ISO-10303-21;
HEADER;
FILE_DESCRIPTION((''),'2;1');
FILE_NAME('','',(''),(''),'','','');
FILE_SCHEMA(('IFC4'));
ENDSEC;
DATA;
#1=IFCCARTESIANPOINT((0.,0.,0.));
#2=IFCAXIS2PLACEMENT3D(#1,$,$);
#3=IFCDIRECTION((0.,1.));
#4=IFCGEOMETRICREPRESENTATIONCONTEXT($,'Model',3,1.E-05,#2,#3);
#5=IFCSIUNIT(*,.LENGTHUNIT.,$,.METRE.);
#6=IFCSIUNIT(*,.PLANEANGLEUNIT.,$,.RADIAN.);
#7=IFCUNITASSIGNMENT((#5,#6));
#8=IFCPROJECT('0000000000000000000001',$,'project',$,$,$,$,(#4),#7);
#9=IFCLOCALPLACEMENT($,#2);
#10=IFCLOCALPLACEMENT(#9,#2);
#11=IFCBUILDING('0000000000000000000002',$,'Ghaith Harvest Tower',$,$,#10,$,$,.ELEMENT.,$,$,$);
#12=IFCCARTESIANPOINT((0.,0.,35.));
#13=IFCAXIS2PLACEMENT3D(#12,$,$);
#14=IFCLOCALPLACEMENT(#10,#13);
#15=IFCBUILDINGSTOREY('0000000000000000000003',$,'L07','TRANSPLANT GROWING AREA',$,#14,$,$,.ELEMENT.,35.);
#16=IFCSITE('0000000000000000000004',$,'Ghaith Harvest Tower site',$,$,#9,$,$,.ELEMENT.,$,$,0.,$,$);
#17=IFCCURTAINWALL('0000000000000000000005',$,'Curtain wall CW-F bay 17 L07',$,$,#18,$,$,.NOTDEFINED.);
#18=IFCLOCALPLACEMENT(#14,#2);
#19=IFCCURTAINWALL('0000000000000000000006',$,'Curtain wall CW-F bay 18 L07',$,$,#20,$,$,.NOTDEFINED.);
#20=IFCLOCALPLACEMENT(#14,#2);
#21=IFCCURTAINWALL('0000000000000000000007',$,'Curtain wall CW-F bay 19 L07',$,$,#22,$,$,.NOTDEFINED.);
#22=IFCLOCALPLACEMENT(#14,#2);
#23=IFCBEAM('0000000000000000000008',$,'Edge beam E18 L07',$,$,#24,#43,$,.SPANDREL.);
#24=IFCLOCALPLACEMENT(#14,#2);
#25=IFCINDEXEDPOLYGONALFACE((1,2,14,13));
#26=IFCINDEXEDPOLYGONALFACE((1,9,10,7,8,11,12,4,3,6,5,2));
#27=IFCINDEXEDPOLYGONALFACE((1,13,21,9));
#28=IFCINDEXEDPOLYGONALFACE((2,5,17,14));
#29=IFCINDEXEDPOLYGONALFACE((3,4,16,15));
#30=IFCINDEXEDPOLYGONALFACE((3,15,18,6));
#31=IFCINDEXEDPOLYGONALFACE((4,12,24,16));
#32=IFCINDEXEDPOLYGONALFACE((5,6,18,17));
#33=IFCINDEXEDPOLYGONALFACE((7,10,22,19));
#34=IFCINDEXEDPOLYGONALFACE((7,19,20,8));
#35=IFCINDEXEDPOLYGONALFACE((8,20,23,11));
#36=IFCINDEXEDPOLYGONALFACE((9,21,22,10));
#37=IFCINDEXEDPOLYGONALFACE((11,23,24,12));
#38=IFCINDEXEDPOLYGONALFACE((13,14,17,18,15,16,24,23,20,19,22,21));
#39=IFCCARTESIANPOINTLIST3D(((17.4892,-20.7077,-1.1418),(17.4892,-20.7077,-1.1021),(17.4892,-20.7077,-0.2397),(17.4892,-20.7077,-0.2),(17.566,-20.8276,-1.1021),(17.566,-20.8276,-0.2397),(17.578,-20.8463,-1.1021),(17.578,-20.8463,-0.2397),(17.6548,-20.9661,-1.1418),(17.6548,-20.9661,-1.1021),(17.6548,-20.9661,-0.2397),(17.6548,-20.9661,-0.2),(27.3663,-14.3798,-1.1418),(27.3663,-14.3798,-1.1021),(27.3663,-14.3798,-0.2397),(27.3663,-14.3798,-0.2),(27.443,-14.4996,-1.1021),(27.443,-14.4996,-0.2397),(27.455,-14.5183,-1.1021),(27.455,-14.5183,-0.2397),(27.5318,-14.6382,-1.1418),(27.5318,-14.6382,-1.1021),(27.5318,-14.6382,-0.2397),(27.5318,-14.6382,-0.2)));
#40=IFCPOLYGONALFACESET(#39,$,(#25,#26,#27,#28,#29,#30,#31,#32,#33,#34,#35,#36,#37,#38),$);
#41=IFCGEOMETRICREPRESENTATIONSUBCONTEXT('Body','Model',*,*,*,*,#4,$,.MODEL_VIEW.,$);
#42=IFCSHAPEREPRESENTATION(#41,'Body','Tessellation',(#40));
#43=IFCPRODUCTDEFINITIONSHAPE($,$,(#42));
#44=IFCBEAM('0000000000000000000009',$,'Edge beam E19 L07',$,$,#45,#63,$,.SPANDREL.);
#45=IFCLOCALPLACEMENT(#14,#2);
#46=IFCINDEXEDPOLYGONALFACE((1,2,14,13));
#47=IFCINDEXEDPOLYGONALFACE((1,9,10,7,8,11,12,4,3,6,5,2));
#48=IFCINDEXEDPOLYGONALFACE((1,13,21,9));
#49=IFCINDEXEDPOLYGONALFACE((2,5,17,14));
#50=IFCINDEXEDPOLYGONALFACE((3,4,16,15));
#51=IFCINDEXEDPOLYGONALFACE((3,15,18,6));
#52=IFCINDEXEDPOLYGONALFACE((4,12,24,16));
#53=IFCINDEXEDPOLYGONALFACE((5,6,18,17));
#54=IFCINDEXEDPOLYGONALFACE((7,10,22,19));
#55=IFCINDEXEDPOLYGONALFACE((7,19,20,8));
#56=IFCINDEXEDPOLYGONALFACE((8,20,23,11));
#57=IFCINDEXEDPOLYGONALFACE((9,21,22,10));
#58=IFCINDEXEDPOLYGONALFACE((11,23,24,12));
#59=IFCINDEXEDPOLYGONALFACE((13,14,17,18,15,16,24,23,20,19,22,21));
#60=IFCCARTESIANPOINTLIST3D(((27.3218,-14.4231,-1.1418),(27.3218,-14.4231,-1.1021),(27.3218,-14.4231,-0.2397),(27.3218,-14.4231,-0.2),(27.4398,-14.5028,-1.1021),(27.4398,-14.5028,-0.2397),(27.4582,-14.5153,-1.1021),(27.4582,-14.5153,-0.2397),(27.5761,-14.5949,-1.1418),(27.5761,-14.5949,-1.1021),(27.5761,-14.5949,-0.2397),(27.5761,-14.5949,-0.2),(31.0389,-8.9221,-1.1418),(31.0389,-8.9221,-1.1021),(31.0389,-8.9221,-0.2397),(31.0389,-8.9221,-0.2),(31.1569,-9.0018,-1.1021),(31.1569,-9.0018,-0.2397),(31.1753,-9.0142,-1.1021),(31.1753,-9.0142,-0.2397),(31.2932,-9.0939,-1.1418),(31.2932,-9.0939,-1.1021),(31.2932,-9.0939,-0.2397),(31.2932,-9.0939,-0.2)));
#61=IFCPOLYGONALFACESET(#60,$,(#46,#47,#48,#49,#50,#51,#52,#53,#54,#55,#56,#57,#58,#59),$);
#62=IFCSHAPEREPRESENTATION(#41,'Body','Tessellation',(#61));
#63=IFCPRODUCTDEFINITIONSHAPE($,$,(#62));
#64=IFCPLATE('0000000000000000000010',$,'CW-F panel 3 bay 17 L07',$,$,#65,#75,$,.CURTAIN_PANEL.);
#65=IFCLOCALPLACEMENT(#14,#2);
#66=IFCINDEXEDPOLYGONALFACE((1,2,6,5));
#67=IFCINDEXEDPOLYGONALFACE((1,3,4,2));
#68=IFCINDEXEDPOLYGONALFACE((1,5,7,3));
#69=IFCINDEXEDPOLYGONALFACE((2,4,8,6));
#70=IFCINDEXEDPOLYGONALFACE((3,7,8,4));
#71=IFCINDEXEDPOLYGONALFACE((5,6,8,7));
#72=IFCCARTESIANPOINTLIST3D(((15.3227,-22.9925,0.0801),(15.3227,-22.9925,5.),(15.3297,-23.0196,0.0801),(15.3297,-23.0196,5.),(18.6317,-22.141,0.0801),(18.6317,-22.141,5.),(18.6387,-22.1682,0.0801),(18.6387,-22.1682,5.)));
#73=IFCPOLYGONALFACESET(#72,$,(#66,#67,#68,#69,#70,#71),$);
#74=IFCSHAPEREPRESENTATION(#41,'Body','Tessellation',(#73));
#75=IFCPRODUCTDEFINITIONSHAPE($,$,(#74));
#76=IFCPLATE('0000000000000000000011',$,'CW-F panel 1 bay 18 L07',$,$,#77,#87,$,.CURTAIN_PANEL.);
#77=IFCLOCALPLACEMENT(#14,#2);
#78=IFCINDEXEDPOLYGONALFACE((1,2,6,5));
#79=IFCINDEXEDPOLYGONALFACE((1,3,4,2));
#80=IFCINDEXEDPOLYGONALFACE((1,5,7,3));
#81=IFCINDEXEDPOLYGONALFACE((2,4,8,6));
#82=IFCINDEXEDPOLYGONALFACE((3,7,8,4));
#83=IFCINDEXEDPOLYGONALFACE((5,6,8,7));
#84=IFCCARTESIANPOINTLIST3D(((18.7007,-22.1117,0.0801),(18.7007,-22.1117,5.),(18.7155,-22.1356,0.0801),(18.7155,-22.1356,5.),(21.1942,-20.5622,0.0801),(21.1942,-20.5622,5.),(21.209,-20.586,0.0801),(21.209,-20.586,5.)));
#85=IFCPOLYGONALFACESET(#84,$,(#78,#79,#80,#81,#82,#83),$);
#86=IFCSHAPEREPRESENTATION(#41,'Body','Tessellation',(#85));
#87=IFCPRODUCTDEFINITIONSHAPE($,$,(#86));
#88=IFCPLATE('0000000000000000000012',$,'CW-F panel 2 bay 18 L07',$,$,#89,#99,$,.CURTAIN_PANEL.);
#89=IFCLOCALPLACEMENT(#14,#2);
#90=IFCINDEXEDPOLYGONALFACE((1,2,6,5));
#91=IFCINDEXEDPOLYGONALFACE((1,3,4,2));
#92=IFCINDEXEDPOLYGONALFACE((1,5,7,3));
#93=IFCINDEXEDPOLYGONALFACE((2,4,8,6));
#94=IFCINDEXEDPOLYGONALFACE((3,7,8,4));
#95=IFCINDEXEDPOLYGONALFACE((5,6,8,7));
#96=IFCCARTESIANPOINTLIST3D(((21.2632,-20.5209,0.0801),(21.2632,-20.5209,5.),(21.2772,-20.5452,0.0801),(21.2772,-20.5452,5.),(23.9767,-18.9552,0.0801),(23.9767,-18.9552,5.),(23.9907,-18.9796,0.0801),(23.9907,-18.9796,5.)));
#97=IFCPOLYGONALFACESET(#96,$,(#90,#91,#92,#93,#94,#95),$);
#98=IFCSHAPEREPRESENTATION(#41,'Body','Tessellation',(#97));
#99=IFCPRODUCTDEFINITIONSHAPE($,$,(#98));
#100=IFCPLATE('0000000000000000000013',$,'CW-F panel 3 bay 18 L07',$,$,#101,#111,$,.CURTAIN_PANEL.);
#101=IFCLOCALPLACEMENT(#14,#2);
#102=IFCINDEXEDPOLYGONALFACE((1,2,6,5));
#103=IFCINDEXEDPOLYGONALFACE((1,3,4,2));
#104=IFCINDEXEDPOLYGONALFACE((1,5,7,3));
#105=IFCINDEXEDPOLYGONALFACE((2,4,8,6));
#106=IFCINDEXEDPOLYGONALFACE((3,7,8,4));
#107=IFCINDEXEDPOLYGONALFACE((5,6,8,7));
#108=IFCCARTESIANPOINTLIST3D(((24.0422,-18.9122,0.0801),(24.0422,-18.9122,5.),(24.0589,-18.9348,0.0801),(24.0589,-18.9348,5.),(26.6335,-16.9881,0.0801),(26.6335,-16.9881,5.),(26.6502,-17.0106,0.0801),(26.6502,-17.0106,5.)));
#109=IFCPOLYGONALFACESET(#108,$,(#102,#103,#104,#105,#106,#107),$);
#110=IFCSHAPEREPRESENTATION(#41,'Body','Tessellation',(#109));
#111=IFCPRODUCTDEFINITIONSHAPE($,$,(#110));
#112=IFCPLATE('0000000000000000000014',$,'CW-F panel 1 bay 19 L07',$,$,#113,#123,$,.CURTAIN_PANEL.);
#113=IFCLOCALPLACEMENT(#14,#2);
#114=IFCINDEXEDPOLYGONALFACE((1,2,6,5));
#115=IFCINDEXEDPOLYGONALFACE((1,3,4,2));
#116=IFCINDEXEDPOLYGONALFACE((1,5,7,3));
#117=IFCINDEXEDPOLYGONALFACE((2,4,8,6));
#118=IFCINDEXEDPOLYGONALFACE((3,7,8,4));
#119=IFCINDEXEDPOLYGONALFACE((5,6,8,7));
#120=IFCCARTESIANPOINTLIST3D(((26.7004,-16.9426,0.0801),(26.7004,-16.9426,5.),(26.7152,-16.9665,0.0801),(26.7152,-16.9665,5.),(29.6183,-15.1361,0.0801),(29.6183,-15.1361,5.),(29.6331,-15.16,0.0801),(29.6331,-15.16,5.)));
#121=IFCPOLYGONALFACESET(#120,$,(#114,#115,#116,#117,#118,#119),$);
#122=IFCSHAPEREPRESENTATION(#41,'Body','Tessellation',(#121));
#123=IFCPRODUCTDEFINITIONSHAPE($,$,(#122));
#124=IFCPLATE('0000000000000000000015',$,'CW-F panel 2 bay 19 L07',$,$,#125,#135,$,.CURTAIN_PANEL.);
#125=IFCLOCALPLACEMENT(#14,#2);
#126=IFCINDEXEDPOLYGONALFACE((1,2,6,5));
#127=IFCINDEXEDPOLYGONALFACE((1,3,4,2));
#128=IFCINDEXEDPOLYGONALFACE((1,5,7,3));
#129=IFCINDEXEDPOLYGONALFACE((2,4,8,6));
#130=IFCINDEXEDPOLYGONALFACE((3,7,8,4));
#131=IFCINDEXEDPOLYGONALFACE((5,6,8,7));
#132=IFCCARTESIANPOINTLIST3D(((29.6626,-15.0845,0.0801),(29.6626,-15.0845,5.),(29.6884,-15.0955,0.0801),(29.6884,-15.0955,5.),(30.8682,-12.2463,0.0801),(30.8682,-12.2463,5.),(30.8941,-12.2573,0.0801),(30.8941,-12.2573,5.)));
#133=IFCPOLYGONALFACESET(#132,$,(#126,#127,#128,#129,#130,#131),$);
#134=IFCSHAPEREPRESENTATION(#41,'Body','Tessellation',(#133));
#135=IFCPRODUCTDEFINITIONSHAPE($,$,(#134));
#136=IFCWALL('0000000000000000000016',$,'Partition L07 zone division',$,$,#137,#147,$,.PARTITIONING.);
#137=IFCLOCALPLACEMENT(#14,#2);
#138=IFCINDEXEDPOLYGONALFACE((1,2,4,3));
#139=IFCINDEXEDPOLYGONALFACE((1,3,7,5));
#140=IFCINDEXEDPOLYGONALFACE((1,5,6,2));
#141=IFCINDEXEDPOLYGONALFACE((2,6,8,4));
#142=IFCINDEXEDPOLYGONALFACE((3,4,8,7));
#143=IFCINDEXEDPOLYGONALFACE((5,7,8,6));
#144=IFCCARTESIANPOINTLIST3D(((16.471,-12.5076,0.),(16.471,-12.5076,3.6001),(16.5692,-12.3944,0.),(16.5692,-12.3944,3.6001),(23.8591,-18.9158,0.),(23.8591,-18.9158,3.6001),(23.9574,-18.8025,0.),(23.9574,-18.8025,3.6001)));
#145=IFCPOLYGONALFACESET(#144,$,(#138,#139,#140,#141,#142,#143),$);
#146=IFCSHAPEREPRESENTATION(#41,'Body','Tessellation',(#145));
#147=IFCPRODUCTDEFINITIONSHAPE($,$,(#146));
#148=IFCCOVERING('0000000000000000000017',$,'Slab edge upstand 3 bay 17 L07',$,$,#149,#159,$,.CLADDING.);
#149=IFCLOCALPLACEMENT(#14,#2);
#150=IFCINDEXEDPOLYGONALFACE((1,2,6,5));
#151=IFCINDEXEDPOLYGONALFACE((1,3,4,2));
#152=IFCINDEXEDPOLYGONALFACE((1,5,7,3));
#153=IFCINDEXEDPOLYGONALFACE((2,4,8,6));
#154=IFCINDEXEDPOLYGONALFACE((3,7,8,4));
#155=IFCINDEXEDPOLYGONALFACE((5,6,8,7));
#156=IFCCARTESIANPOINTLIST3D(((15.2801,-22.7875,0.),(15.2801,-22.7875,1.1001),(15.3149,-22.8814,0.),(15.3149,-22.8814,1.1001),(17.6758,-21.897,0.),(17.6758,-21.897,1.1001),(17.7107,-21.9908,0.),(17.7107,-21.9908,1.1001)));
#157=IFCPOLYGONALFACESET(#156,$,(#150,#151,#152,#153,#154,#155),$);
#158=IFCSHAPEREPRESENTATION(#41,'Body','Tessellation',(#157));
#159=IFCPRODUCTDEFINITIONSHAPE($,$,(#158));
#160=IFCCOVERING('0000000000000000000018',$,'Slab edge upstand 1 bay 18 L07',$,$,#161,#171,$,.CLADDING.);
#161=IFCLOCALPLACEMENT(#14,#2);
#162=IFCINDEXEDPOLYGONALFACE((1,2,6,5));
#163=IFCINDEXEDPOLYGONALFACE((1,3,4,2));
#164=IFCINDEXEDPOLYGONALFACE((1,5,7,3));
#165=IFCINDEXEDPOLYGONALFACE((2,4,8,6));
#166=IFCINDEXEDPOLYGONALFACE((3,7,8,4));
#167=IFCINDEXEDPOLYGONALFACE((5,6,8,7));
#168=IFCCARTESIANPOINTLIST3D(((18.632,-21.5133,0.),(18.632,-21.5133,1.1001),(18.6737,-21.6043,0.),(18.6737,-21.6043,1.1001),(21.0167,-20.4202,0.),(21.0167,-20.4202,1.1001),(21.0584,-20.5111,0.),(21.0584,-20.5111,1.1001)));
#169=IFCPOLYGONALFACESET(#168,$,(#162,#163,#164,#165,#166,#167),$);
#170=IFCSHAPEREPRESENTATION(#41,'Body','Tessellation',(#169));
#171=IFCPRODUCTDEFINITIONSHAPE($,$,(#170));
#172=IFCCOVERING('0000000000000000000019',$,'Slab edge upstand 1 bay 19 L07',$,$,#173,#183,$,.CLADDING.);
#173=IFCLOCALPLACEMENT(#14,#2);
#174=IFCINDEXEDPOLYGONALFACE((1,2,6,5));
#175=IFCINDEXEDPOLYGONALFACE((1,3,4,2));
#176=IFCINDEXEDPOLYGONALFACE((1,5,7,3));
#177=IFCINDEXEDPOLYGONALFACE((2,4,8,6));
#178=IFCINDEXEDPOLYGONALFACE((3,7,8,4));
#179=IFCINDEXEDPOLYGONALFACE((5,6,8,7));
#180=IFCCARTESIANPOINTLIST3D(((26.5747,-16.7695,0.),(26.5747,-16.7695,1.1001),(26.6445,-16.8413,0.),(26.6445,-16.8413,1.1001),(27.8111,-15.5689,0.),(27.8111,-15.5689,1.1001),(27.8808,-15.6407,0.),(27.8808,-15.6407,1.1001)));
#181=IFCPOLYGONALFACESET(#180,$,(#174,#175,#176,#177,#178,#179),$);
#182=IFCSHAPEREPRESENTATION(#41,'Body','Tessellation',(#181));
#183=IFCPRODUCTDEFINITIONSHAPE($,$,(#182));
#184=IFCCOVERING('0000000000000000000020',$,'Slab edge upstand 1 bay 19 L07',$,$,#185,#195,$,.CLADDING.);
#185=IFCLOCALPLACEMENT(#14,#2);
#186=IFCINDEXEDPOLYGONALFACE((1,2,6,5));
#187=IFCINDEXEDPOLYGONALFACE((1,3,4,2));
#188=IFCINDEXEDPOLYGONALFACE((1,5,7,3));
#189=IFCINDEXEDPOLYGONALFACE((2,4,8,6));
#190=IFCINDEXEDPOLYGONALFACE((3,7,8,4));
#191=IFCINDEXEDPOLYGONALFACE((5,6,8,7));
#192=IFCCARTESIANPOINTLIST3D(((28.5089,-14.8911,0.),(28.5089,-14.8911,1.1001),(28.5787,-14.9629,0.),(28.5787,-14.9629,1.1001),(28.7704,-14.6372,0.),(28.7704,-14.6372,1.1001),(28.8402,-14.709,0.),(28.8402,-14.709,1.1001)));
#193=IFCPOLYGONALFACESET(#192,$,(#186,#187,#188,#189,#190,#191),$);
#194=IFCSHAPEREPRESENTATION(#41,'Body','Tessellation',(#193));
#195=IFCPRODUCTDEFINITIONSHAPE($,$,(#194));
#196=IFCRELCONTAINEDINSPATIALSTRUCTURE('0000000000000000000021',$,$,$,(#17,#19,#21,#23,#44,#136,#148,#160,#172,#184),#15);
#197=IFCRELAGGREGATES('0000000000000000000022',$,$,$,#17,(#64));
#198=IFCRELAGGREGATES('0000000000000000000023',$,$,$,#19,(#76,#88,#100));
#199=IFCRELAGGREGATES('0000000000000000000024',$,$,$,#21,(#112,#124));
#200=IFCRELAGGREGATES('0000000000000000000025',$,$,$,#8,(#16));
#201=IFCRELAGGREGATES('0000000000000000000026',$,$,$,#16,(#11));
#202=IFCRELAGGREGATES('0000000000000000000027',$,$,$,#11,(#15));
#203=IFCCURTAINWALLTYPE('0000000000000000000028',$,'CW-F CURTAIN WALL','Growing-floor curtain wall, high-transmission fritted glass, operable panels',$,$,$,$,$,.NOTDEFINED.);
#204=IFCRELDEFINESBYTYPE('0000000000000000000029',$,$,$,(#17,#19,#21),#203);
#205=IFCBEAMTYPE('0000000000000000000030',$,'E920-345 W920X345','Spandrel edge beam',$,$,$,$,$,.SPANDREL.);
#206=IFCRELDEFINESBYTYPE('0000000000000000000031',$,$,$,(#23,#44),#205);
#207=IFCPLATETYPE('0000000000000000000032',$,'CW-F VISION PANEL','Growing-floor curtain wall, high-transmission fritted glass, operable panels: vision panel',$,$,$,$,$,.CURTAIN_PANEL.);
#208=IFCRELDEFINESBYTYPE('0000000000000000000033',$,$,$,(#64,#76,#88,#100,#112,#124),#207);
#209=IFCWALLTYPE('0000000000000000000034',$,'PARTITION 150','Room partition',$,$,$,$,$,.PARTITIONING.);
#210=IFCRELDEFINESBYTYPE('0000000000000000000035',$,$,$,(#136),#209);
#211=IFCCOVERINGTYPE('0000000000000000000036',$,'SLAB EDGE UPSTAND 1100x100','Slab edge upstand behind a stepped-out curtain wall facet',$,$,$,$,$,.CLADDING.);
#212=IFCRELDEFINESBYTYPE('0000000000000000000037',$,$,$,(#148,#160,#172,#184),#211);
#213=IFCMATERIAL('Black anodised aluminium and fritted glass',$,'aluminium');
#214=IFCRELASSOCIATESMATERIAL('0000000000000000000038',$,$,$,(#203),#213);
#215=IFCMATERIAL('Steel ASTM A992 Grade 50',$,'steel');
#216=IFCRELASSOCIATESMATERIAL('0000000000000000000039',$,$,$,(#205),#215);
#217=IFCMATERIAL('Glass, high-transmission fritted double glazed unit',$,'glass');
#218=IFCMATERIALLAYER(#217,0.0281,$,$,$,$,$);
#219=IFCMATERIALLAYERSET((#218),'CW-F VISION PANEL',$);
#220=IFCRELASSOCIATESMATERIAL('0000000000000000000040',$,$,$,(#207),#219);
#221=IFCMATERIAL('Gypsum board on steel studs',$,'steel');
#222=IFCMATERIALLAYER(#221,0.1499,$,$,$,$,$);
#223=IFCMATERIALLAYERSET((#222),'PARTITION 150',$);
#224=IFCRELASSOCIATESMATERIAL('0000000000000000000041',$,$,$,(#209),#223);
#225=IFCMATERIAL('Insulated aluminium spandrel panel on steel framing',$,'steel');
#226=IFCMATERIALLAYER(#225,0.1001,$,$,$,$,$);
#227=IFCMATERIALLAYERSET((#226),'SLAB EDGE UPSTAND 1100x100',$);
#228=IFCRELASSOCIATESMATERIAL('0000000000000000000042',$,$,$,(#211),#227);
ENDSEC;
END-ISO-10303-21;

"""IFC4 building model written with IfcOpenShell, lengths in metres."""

from ifc_helpers import new_model, si_unit, direction, frame, frame_2d, origin, origin_2d, place, context, subcontext, project, spatial, rectangle, i_section, extrude, material, layer, layer_set, material_profile, profile_set, type_object, element, aggregate, save


model = new_model("IFC4")

# Units and contexts
model_context = context("Model", 3, precision=1e-05, world=origin(), true_north=direction((0.0, 1.0)))
body_context = subcontext(model_context, "Body", "Model", "MODEL_VIEW")
ifc_project = project(units=[si_unit("LENGTHUNIT", "METRE"), si_unit("PLANEANGLEUNIT", "RADIAN")], contexts=[model_context])

# Site, building, storey
site_placement = place(None, origin())
site = spatial("IfcSite", under=ifc_project, at=site_placement, Name="Ghaith Harvest Tower site", CompositionType="ELEMENT", RefElevation=0.0)
building_placement = place(site_placement, origin())
building = spatial("IfcBuilding", under=site, at=building_placement, Name="Ghaith Harvest Tower", CompositionType="ELEMENT")
storey_placement = place(building_placement, frame((0.0, 0.0, 35.0)))
storey = spatial("IfcBuildingStorey", under=building, at=storey_placement, Name="L07", Description="TRANSPLANT GROWING AREA", CompositionType="ELEMENT", Elevation=35.0)

# Curtain wall
ifc_material_1 = material(Name="Black anodised aluminium and fritted glass", Category="aluminium")
curtain_wall_type = type_object("IfcCurtainWallType", Name="CW-F CURTAIN WALL", Description="Growing-floor curtain wall, high-transmission fritted glass, operable panels", PredefinedType="NOTDEFINED", material=ifc_material_1)
curtain_wall_1_placement = place(storey_placement, origin())
curtain_wall_1 = element("IfcCurtainWall", 1, at=curtain_wall_1_placement, inside=storey, type_object=curtain_wall_type, Name="Curtain wall CW-F bay 17 L07", PredefinedType="NOTDEFINED")

# Curtain walls
curtain_wall_2_placement = place(storey_placement, origin())
curtain_wall_2 = element("IfcCurtainWall", 2, at=curtain_wall_2_placement, inside=storey, type_object=curtain_wall_type, Name="Curtain wall CW-F bay 18 L07", PredefinedType="NOTDEFINED")
curtain_wall_3_placement = place(storey_placement, origin())
curtain_wall_3 = element("IfcCurtainWall", 3, at=curtain_wall_3_placement, inside=storey, type_object=curtain_wall_type, Name="Curtain wall CW-F bay 19 L07", PredefinedType="NOTDEFINED")

# Beams
ifc_material_2 = material(Name="Steel ASTM A992 Grade 50", Category="steel")
ifc_material_profile_1 = material_profile(ifc_material_2, i_section(OverallWidth=0.3069, OverallDepth=0.9419, WebThickness=0.0222, FlangeThickness=0.0398, at=origin_2d()), Name="W920X345")
ifc_profile_set_1 = profile_set([ifc_material_profile_1], Name="Steel ASTM A992 Grade 50")
beam_type = type_object("IfcBeamType", Name="E920-345 W920X345", Description="Spandrel edge beam", PredefinedType="SPANDREL", material=ifc_profile_set_1)
beam_1_placement = place(storey_placement, frame((17.572, -20.8369, -0.6709), z_axis=(0.842015, 0.539455, 0.0), x_axis=(-0.539455, 0.842015, 0.0)))
element("IfcBeam", 4, at=beam_1_placement, inside=storey, type_object=beam_type, Name="Edge beam E18 L07", PredefinedType="SPANDREL", context=body_context, shape_type="SweptSolid", body=[
    extrude(i_section(OverallWidth=0.3069, OverallDepth=0.9419, WebThickness=0.0222, FlangeThickness=0.0398, at=origin_2d()), origin(), (0.0, 0.0, 1.0), 11.7302),
])
beam_2_placement = place(storey_placement, frame((27.449, -14.509, -0.6709), z_axis=(0.559874, 0.828577, 0.0), x_axis=(-0.828577, 0.559874, 0.0)))
element("IfcBeam", 5, at=beam_2_placement, inside=storey, type_object=beam_type, Name="Edge beam E19 L07", PredefinedType="SPANDREL", context=body_context, shape_type="SweptSolid", body=[
    extrude(i_section(OverallWidth=0.3069, OverallDepth=0.9419, WebThickness=0.0222, FlangeThickness=0.0398, at=origin_2d()), origin(), (0.0, 0.0, 1.0), 6.6392),
])

# Plates
ifc_material_3 = material(Name="Glass, high-transmission fritted double glazed unit", Category="glass")
ifc_layer_1 = layer(ifc_material_3, 0.0281)
ifc_layer_set_1 = layer_set([ifc_layer_1], Name="CW-F VISION PANEL")
plate_type = type_object("IfcPlateType", Name="CW-F VISION PANEL", Description="Growing-floor curtain wall, high-transmission fritted glass, operable panels: vision panel", PredefinedType="CURTAIN_PANEL", material=ifc_layer_set_1)
plate_1_placement = place(storey_placement, frame((16.9807, -22.5803, 0.0801), z_axis=(0.0, 0.0, 1.0), x_axis=(0.968451, 0.249202, 0.0)))
plate_1 = element("IfcPlate", 6, at=plate_1_placement, type_object=plate_type, Name="CW-F panel 3 bay 17 L07", PredefinedType="CURTAIN_PANEL", context=body_context, shape_type="SweptSolid", body=[
    extrude(rectangle(XDim=3.4167, YDim=0.0281, at=origin_2d()), origin(), (0.0, 0.0, 1.0), 4.9199),
])
aggregate(curtain_wall_1, [plate_1])
plate_2_placement = place(storey_placement, frame((19.9548, -21.3489, 0.0801), z_axis=(0.0, 0.0, 1.0), x_axis=(0.849361, 0.527813, 0.0)))
plate_2 = element("IfcPlate", 7, at=plate_2_placement, type_object=plate_type, Name="CW-F panel 1 bay 18 L07", PredefinedType="CURTAIN_PANEL", context=body_context, shape_type="SweptSolid", body=[
    extrude(rectangle(XDim=2.9358, YDim=0.0281, at=origin_2d()), origin(), (0.0, 0.0, 1.0), 4.9199),
])
plate_3_placement = place(storey_placement, frame((22.627, -19.7502, 0.0801), z_axis=(0.0, 0.0, 1.0), x_axis=(0.866159, 0.499768, 0.0)))
plate_3 = element("IfcPlate", 8, at=plate_3_placement, type_object=plate_type, Name="CW-F panel 2 bay 18 L07", PredefinedType="CURTAIN_PANEL", context=body_context, shape_type="SweptSolid", body=[
    extrude(rectangle(XDim=3.1328, YDim=0.0281, at=origin_2d()), origin(), (0.0, 0.0, 1.0), 4.9199),
])
plate_4_placement = place(storey_placement, frame((25.3462, -17.9614, 0.0801), z_axis=(0.0, 0.0, 1.0), x_axis=(0.802867, 0.596158, 0.0)))
plate_4 = element("IfcPlate", 9, at=plate_4_placement, type_object=plate_type, Name="CW-F panel 3 bay 18 L07", PredefinedType="CURTAIN_PANEL", context=body_context, shape_type="SweptSolid", body=[
    extrude(rectangle(XDim=3.2275, YDim=0.0281, at=origin_2d()), origin(), (0.0, 0.0, 1.0), 4.9199),
])
aggregate(curtain_wall_2, [plate_2, plate_3, plate_4])
plate_5_placement = place(storey_placement, frame((28.1667, -16.0513, 0.0801), z_axis=(0.0, 0.0, 1.0), x_axis=(0.850246, 0.526386, 0.0)))
plate_5 = element("IfcPlate", 10, at=plate_5_placement, type_object=plate_type, Name="CW-F panel 1 bay 19 L07", PredefinedType="CURTAIN_PANEL", context=body_context, shape_type="SweptSolid", body=[
    extrude(rectangle(XDim=3.4319, YDim=0.0281, at=origin_2d()), origin(), (0.0, 0.0, 1.0), 4.9199),
])
plate_6_placement = place(storey_placement, frame((30.2783, -13.6709, 0.0801), z_axis=(0.0, 0.0, 1.0), x_axis=(0.39098, 0.920399, 0.0)))
plate_6 = element("IfcPlate", 11, at=plate_6_placement, type_object=plate_type, Name="CW-F panel 2 bay 19 L07", PredefinedType="CURTAIN_PANEL", context=body_context, shape_type="SweptSolid", body=[
    extrude(rectangle(XDim=3.0837, YDim=0.0281, at=origin_2d()), origin(), (0.0, 0.0, 1.0), 4.9199),
])
aggregate(curtain_wall_3, [plate_5, plate_6])

# Wall
ifc_material_4 = material(Name="Gypsum board on steel studs", Category="steel")
ifc_layer_2 = layer(ifc_material_4, 0.1499)
ifc_layer_set_2 = layer_set([ifc_layer_2], Name="PARTITION 150")
wall_type = type_object("IfcWallType", Name="PARTITION 150", Description="Room partition", PredefinedType="PARTITIONING", material=ifc_layer_set_2)
wall_placement = place(storey_placement, frame((16.52, -12.4509, 0.0), z_axis=(0.0, 0.0, 1.0), x_axis=(0.75543, -0.655229, 0.0)))
element("IfcWall", 12, at=wall_placement, inside=storey, type_object=wall_type, Name="Partition L07 zone division", PredefinedType="PARTITIONING", context=body_context, shape_type="SweptSolid", body=[
    extrude(rectangle(XDim=9.78, YDim=0.1499, at=frame_2d((4.8901, 0.0))), origin(), (0.0, 0.0, 1.0), 3.6001),
])

# Coverings
ifc_material_5 = material(Name="Insulated aluminium spandrel panel on steel framing", Category="steel")
ifc_layer_3 = layer(ifc_material_5, 0.1001)
ifc_layer_set_3 = layer_set([ifc_layer_3], Name="SLAB EDGE UPSTAND 1100x100")
covering_type = type_object("IfcCoveringType", Name="SLAB EDGE UPSTAND 1100x100", Description="Slab edge upstand behind a stepped-out curtain wall facet", PredefinedType="CLADDING", material=ifc_layer_set_3)
covering_1_placement = place(storey_placement, frame((16.4954, -22.3892, 0.0), z_axis=(0.0, 0.0, 1.0), x_axis=(0.937332, 0.348438, 0.0)))
element("IfcCovering", 13, at=covering_1_placement, inside=storey, type_object=covering_type, Name="Slab edge upstand 3 bay 17 L07", PredefinedType="CLADDING", context=body_context, shape_type="SweptSolid", body=[
    extrude(rectangle(XDim=2.5559, YDim=0.1001, at=origin_2d()), origin(), (0.0, 0.0, 1.0), 1.1001),
])
covering_2_placement = place(storey_placement, frame((19.8452, -21.0122, 0.0), z_axis=(0.0, 0.0, 1.0), x_axis=(0.909046, 0.416696, 0.0)))
element("IfcCovering", 14, at=covering_2_placement, inside=storey, type_object=covering_type, Name="Slab edge upstand 1 bay 18 L07", PredefinedType="CLADDING", context=body_context, shape_type="SweptSolid", body=[
    extrude(rectangle(XDim=2.6233, YDim=0.1001, at=origin_2d()), origin(), (0.0, 0.0, 1.0), 1.1001),
])
covering_3_placement = place(storey_placement, frame((27.2278, -16.2051, 0.0), z_axis=(0.0, 0.0, 1.0), x_axis=(0.717386, 0.696675, 0.0)))
element("IfcCovering", 15, at=covering_3_placement, inside=storey, type_object=covering_type, Name="Slab edge upstand 1 bay 19 L07", PredefinedType="CLADDING", context=body_context, shape_type="SweptSolid", body=[
    extrude(rectangle(XDim=1.7234, YDim=0.1001, at=origin_2d()), origin(), (0.0, 0.0, 1.0), 1.1001),
])
covering_4_placement = place(storey_placement, frame((28.6746, -14.8, 0.0), z_axis=(0.0, 0.0, 1.0), x_axis=(0.717386, 0.696675, 0.0)))
element("IfcCovering", 16, at=covering_4_placement, inside=storey, type_object=covering_type, Name="Slab edge upstand 1 bay 19 L07", PredefinedType="CLADDING", context=body_context, shape_type="SweptSolid", body=[
    extrude(rectangle(XDim=0.3645, YDim=0.1001, at=origin_2d()), origin(), (0.0, 0.0, 1.0), 1.1001),
])

save(model, "model.ifc")
